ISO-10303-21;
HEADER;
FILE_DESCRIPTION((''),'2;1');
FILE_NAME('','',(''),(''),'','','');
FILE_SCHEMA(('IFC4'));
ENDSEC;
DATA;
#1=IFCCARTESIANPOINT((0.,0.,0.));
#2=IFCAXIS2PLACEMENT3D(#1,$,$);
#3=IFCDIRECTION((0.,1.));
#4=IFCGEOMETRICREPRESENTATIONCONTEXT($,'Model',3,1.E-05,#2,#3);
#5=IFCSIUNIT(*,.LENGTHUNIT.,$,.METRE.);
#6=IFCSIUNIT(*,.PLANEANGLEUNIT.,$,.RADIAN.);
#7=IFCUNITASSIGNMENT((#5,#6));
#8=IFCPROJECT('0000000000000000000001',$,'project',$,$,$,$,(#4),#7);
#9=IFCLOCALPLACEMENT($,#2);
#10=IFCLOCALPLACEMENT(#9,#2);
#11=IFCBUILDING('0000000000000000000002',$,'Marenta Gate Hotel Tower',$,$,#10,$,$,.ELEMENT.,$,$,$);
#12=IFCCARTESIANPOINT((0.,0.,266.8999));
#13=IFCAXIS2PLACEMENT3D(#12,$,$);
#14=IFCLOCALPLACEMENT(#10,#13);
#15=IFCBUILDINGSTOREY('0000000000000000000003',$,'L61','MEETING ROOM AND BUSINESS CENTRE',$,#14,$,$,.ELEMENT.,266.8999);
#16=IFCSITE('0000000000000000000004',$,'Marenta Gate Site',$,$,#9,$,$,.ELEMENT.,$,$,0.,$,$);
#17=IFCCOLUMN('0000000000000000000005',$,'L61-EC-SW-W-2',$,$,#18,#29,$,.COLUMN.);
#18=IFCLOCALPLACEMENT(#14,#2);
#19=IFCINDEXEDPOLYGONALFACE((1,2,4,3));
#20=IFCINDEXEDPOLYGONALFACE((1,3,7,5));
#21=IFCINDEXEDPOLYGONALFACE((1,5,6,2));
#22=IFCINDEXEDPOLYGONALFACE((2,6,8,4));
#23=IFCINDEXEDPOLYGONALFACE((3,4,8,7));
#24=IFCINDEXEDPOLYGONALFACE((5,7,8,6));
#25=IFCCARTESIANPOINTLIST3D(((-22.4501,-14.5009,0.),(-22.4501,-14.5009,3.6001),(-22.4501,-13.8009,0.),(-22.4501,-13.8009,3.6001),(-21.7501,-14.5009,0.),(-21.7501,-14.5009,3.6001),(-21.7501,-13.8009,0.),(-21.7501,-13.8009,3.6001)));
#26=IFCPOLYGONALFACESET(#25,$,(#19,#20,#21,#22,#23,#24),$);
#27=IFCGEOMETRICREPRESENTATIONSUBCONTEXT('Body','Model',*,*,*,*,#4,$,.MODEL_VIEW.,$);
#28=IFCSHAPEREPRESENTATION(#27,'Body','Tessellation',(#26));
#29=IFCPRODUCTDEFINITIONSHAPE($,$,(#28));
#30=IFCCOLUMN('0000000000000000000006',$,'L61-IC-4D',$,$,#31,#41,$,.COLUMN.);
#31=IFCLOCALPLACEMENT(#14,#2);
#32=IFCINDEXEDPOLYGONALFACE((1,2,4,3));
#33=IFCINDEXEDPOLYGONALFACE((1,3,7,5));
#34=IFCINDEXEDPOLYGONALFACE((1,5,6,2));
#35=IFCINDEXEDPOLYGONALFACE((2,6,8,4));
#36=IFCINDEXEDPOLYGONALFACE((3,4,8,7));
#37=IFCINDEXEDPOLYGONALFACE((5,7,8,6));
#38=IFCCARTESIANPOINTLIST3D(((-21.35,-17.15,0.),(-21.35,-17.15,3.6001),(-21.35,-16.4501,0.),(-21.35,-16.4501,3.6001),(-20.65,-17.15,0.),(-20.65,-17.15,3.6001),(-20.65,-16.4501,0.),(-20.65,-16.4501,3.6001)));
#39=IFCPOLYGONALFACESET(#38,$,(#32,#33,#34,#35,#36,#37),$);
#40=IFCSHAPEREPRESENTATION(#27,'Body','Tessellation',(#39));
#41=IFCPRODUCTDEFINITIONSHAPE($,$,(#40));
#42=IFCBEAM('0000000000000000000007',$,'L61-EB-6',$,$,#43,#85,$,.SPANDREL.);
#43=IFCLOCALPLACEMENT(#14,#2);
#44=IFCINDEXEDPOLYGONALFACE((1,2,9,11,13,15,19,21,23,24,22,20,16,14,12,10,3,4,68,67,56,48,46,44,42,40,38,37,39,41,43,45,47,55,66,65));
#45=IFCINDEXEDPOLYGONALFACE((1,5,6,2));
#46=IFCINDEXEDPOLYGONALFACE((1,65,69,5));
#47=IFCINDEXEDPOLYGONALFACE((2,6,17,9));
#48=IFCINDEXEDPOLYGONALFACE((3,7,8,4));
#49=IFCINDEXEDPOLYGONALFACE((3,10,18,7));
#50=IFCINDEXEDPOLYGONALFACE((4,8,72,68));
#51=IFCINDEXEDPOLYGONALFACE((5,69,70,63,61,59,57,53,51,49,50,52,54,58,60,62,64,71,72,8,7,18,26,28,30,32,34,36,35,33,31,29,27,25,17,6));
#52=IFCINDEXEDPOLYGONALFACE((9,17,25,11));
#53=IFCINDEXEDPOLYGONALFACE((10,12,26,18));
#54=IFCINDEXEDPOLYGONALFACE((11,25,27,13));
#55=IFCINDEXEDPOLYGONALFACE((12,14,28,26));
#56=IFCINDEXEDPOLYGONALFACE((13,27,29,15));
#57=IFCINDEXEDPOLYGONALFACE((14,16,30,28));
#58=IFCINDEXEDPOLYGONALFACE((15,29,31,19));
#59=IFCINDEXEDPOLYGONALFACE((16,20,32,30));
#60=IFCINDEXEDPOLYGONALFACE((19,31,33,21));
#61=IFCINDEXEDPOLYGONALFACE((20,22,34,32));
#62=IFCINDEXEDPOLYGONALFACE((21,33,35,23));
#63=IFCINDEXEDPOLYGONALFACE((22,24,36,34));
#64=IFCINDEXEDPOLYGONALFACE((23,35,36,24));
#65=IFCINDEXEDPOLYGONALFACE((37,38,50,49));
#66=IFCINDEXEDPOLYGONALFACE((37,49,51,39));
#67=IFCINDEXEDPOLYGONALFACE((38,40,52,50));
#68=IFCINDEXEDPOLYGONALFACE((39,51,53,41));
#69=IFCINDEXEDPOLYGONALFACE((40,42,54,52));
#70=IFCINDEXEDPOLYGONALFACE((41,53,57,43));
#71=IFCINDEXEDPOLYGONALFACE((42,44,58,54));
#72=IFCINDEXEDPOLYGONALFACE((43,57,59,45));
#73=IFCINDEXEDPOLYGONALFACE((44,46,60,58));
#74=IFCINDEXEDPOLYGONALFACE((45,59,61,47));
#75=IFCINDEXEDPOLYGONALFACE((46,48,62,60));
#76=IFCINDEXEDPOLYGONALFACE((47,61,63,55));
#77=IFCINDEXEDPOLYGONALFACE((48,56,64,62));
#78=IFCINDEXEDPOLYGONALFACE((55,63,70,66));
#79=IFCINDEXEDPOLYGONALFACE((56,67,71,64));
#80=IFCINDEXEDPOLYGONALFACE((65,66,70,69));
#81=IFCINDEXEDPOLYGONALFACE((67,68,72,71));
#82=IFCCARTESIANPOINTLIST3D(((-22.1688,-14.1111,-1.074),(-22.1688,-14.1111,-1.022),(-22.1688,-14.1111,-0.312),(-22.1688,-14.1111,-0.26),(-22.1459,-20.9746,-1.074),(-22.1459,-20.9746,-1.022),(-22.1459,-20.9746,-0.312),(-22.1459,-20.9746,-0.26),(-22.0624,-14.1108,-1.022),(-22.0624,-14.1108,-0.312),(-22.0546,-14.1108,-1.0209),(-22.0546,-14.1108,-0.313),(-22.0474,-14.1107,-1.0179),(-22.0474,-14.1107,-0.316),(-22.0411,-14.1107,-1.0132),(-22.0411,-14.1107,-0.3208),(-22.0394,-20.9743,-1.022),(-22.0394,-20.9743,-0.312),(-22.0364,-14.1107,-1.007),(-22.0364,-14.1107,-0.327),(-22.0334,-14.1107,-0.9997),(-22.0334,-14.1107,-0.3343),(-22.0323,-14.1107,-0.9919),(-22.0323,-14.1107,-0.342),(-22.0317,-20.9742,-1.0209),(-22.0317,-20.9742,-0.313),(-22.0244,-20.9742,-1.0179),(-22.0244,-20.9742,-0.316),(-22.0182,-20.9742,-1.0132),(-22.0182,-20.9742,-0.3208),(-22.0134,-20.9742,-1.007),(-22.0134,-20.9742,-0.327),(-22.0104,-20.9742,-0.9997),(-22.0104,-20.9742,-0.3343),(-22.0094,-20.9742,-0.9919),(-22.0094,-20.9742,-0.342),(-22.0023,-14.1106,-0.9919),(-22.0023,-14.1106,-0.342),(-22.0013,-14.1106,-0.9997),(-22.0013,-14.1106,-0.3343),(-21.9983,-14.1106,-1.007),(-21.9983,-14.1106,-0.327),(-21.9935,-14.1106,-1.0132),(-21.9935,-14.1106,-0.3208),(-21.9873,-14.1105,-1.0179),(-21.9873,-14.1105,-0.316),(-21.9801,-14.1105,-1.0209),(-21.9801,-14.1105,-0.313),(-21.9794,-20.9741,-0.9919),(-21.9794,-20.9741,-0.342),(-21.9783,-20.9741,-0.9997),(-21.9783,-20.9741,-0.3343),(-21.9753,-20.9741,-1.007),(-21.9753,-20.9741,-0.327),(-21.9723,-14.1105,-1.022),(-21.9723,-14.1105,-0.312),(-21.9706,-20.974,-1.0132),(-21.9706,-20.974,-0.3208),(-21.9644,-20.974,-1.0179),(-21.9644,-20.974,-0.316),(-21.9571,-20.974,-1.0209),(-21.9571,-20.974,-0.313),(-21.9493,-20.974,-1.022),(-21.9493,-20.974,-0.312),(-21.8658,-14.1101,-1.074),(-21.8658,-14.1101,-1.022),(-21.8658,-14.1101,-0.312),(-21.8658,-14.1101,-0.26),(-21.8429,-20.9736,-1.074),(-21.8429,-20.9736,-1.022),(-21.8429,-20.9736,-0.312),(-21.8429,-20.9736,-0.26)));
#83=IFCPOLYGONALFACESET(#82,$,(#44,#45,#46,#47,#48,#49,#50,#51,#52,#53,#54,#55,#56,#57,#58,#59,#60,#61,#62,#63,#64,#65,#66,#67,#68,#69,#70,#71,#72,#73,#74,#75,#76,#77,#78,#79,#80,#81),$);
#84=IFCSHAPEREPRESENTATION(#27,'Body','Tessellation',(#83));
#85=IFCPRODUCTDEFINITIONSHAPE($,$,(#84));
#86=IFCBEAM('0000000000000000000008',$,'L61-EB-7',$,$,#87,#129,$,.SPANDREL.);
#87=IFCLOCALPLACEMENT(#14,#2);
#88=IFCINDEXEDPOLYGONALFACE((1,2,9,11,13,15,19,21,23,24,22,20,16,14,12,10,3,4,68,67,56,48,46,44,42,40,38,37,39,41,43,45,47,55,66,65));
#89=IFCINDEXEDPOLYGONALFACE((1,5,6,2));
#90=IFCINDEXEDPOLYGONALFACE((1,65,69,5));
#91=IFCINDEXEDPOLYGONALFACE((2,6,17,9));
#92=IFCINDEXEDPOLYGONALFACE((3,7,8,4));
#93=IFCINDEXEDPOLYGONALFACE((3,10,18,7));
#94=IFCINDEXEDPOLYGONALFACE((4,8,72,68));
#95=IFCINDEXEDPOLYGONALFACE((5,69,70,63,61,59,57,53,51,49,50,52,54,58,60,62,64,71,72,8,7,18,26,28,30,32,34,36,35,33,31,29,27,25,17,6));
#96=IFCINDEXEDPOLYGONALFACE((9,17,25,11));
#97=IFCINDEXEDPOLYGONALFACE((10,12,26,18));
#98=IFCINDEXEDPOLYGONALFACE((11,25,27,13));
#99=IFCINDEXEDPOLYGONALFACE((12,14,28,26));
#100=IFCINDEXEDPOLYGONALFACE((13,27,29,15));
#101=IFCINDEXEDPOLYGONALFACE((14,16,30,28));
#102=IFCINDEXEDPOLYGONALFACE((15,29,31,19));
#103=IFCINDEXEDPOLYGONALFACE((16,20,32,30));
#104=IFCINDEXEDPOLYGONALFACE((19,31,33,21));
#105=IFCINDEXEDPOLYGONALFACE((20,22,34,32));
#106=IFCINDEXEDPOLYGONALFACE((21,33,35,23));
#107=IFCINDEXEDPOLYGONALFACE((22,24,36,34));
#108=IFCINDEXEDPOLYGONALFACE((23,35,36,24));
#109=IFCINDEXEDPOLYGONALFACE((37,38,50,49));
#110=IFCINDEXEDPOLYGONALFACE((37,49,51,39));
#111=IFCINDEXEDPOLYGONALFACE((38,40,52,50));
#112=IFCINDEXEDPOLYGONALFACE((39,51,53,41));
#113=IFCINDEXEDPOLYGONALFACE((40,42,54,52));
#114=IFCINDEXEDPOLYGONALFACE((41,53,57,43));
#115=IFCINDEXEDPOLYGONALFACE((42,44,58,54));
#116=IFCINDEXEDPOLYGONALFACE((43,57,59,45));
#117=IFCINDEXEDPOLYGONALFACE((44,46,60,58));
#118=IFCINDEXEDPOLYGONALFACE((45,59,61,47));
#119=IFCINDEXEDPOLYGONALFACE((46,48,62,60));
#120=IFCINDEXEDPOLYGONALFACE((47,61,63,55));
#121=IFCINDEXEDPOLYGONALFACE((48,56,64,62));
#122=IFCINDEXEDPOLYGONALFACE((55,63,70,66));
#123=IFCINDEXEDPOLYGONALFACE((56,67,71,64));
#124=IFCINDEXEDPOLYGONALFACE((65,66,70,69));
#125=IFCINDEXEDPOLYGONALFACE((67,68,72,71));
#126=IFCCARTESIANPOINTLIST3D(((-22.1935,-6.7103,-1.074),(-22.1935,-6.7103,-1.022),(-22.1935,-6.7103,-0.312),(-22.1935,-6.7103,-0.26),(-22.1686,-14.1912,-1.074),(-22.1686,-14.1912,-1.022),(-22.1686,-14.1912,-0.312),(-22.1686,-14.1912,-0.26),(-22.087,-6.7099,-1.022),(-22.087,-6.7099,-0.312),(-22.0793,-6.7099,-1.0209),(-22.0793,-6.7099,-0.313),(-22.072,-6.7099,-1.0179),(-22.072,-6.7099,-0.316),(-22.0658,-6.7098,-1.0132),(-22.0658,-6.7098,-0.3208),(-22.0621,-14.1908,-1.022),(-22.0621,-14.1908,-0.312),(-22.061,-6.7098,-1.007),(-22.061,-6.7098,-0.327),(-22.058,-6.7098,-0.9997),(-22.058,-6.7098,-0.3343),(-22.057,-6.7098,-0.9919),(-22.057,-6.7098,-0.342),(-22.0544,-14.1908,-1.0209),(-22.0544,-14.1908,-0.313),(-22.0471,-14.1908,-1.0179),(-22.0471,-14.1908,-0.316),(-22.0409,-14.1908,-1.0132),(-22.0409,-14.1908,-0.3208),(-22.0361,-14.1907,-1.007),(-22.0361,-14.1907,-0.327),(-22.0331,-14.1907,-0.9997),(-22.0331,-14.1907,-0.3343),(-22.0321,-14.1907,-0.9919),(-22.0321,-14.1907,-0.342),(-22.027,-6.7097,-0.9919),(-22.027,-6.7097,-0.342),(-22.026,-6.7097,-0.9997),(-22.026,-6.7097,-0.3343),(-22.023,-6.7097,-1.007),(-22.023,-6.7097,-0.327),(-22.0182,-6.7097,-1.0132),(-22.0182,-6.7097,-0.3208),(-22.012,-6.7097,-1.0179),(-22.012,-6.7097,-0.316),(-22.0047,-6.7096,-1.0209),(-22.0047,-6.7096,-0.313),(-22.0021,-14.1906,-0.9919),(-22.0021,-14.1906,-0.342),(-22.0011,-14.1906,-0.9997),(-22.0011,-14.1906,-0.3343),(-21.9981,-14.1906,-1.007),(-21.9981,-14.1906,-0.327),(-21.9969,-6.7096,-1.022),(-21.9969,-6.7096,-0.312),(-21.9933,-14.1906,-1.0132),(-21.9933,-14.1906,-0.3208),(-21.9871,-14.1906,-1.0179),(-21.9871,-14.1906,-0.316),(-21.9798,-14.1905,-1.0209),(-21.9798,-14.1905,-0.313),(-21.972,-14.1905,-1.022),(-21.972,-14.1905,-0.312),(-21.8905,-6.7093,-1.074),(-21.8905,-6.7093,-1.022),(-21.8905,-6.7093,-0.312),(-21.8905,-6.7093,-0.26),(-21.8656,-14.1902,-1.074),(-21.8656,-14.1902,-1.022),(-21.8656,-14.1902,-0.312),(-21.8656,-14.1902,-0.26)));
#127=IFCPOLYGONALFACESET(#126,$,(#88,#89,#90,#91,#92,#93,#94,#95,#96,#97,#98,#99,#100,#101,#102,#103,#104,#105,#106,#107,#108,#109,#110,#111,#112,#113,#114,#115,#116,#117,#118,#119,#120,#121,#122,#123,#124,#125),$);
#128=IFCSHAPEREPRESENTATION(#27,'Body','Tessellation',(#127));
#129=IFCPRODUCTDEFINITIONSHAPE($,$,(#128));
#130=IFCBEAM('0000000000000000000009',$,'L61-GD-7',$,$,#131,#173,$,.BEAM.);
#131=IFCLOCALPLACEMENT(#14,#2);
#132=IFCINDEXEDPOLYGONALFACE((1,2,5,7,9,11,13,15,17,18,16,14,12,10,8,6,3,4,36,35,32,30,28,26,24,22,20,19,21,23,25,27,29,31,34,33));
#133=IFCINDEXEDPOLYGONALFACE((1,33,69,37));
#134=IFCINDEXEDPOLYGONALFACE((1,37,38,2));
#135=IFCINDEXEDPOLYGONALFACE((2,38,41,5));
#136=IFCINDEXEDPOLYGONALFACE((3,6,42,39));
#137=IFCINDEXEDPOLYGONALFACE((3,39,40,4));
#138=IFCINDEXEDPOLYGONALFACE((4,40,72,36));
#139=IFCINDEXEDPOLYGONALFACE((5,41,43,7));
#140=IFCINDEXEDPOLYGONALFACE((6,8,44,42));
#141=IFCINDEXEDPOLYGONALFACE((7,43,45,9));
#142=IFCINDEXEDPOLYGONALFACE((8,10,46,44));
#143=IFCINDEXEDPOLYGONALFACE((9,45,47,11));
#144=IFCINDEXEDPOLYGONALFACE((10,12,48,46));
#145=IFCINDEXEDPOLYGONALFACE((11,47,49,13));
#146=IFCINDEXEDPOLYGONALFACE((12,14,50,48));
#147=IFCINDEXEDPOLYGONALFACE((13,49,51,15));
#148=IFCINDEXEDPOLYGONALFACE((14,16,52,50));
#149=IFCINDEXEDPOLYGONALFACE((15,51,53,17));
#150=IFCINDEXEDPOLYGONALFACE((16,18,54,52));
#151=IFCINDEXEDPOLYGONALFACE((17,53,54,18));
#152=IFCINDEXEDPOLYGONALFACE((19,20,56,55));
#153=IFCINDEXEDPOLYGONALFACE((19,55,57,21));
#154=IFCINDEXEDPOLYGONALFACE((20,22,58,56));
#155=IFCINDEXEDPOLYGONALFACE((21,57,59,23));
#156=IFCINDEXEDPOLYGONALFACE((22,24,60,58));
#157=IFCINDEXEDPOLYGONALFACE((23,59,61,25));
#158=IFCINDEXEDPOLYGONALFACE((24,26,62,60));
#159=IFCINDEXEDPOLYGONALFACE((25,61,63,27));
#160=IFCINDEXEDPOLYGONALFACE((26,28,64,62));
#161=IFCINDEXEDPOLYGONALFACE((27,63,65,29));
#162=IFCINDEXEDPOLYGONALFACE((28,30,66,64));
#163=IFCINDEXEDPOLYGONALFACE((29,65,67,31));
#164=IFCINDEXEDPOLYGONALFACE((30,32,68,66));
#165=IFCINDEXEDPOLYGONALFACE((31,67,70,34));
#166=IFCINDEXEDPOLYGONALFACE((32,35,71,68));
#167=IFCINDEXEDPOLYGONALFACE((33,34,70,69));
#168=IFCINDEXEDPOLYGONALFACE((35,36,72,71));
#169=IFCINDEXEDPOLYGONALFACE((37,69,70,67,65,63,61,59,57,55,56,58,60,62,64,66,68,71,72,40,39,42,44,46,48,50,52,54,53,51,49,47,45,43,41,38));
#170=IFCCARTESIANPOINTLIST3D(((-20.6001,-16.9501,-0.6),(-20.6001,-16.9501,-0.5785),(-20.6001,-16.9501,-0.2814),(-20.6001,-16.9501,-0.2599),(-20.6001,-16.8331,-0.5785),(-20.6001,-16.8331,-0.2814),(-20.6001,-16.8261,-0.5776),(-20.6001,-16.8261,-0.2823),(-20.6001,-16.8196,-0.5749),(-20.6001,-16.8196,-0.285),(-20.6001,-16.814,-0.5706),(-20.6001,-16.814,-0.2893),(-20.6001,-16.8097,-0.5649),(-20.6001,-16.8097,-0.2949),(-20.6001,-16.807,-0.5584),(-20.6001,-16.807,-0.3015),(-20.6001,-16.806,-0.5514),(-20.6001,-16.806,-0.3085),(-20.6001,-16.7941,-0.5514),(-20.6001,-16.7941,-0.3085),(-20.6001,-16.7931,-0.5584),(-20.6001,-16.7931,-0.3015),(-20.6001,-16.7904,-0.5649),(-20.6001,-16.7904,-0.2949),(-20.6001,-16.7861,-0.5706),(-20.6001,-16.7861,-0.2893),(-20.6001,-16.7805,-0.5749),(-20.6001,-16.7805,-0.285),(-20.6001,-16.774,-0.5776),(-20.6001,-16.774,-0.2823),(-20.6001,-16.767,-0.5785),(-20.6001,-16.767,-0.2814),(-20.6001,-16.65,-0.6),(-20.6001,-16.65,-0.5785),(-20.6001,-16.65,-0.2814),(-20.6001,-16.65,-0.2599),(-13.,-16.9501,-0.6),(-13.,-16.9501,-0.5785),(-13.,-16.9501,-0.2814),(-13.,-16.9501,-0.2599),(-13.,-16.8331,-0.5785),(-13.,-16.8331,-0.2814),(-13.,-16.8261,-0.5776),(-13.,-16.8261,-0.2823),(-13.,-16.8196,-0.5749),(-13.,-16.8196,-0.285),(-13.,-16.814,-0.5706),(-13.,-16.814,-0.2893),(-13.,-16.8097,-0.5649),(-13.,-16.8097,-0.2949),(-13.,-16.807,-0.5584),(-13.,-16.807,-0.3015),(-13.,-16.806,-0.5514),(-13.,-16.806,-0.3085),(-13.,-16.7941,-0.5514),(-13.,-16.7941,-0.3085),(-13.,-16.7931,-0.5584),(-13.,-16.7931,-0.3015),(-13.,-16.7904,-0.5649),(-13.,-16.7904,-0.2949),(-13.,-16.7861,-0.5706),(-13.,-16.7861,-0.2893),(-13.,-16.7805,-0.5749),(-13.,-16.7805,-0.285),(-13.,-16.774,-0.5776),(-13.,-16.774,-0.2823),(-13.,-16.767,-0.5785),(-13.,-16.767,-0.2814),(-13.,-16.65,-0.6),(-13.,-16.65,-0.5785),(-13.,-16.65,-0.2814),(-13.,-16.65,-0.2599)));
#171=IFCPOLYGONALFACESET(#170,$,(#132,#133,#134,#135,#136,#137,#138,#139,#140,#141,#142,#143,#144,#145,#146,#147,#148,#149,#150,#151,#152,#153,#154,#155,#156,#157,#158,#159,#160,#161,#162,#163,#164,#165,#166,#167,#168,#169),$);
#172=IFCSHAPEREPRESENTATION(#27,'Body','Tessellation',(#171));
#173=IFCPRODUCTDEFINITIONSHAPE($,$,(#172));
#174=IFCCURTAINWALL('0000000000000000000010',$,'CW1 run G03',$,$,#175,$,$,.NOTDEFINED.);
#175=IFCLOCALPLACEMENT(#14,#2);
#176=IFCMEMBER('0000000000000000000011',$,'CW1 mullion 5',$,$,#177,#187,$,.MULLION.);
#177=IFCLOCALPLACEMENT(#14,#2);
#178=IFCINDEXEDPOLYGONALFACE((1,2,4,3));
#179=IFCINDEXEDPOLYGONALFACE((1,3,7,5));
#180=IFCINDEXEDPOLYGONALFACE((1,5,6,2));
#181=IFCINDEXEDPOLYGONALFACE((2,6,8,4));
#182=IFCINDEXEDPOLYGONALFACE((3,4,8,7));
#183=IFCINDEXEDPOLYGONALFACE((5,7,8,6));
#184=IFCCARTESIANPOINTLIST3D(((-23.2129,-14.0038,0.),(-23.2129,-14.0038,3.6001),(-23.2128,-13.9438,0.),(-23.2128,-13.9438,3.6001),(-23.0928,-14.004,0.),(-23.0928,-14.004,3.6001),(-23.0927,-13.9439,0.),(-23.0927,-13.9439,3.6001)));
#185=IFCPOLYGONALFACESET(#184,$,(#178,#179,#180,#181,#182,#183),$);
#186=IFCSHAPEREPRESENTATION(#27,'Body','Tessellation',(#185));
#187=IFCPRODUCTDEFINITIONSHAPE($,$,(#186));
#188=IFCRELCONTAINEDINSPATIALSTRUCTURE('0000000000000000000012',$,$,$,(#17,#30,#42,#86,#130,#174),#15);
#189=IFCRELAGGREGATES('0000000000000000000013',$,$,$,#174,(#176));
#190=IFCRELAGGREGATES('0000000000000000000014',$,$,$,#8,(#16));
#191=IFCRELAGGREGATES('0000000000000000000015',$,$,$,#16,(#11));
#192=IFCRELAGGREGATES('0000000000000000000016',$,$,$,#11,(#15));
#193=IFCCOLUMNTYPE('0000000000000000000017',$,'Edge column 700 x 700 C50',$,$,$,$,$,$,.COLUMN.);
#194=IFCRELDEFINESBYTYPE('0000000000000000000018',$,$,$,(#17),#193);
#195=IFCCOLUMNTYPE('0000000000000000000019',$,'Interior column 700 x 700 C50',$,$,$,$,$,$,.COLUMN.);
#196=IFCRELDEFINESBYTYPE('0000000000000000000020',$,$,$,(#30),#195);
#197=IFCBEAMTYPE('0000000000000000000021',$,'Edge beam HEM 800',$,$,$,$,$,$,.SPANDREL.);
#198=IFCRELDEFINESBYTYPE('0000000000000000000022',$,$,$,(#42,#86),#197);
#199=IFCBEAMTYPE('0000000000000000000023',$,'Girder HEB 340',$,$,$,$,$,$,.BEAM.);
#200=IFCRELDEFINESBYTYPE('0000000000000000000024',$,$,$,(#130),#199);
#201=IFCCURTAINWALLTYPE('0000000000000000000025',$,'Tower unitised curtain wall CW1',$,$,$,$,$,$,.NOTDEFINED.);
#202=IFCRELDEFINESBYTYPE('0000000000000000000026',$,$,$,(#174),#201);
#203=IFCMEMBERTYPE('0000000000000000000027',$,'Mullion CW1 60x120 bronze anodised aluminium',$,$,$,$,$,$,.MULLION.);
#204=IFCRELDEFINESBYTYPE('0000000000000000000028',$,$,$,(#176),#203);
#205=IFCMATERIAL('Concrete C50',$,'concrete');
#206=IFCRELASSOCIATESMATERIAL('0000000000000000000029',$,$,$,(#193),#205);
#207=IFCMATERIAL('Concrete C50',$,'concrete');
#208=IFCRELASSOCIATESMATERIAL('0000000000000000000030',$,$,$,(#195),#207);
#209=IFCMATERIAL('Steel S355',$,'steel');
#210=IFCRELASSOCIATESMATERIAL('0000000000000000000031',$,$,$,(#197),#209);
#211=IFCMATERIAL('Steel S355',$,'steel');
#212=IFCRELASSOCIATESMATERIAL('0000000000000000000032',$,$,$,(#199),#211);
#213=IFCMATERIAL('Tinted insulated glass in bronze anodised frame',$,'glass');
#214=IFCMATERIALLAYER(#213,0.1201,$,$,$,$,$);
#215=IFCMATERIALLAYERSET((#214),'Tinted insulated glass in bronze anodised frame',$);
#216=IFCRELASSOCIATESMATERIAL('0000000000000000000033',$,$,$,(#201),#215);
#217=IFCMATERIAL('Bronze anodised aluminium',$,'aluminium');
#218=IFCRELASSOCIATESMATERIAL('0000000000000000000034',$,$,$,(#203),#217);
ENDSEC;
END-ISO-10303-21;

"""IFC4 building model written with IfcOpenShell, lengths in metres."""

from ifc_helpers import new_model, si_unit, direction, frame, origin, origin_2d, place, context, subcontext, project, spatial, rectangle, i_section, extrude, material, layer, layer_set, material_profile, profile_set, type_object, element, aggregate, save


model = new_model("IFC4")

# Units and contexts
model_context = context("Model", 3, precision=1e-05, world=origin(), true_north=direction((0.0, 1.0)))
body_context = subcontext(model_context, "Body", "Model", "MODEL_VIEW")
ifc_project = project(units=[si_unit("LENGTHUNIT", "METRE"), si_unit("PLANEANGLEUNIT", "RADIAN")], contexts=[model_context])

# Site, building, storey
site_placement = place(None, origin())
site = spatial("IfcSite", under=ifc_project, at=site_placement, Name="Marenta Gate Site", CompositionType="ELEMENT", RefElevation=0.0)
building_placement = place(site_placement, origin())
building = spatial("IfcBuilding", under=site, at=building_placement, Name="Marenta Gate Hotel Tower", CompositionType="ELEMENT")
storey_placement = place(building_placement, frame((0.0, 0.0, 266.8999)))
storey = spatial("IfcBuildingStorey", under=building, at=storey_placement, Name="L61", Description="MEETING ROOM AND BUSINESS CENTRE", CompositionType="ELEMENT", Elevation=266.8999)

# Columns
ifc_material_1 = material(Name="Concrete C50", Category="concrete")
ifc_material_profile_1 = material_profile(ifc_material_1, rectangle(XDim=0.7, YDim=0.7, at=origin_2d()), Name="700 x 700")
ifc_profile_set_1 = profile_set([ifc_material_profile_1], Name="Concrete C50")
column_type_1 = type_object("IfcColumnType", Name="Edge column 700 x 700 C50", PredefinedType="COLUMN", material=ifc_profile_set_1)
column_1_placement = place(storey_placement, frame((-22.1001, -14.1509, 0.0), z_axis=(0.0, 0.0, 1.0), x_axis=(1.0, 0.0, 0.0)))
element("IfcColumn", 1, at=column_1_placement, inside=storey, type_object=column_type_1, Name="L61-EC-SW-W-2", PredefinedType="COLUMN", context=body_context, shape_type="SweptSolid", body=[
    extrude(rectangle(XDim=0.7, YDim=0.7, at=origin_2d()), origin(), (0.0, 0.0, 1.0), 3.6001),
])
ifc_material_2 = material(Name="Concrete C50", Category="concrete")
ifc_material_profile_2 = material_profile(ifc_material_2, rectangle(XDim=0.7, YDim=0.7, at=origin_2d()), Name="700 x 700")
ifc_profile_set_2 = profile_set([ifc_material_profile_2], Name="Concrete C50")
column_type_2 = type_object("IfcColumnType", Name="Interior column 700 x 700 C50", PredefinedType="COLUMN", material=ifc_profile_set_2)
column_2_placement = place(storey_placement, frame((-21.0, -16.8, 0.0), z_axis=(0.0, 0.0, 1.0), x_axis=(1.0, 0.0, 0.0)))
element("IfcColumn", 2, at=column_2_placement, inside=storey, type_object=column_type_2, Name="L61-IC-4D", PredefinedType="COLUMN", context=body_context, shape_type="SweptSolid", body=[
    extrude(rectangle(XDim=0.7, YDim=0.7, at=origin_2d()), origin(), (0.0, 0.0, 1.0), 3.6001),
])

# Beams
ifc_material_3 = material(Name="Steel S355", Category="steel")
ifc_material_profile_3 = material_profile(ifc_material_3, i_section(OverallWidth=0.303, OverallDepth=0.814, WebThickness=0.03, FlangeThickness=0.052, FilletRadius=0.03, at=origin_2d()), Name="HEM 800")
ifc_profile_set_3 = profile_set([ifc_material_profile_3], Name="Steel S355")
beam_type_1 = type_object("IfcBeamType", Name="Edge beam HEM 800", PredefinedType="SPANDREL", material=ifc_profile_set_3)
beam_1_placement = place(storey_placement, frame((-21.9944, -20.9741, -0.667), z_axis=(-0.003344, 0.999994, 0.0), x_axis=(-0.999994, -0.003344, 0.0)))
element("IfcBeam", 3, at=beam_1_placement, inside=storey, type_object=beam_type_1, Name="L61-EB-6", PredefinedType="SPANDREL", context=body_context, shape_type="SweptSolid", body=[
    extrude(i_section(OverallWidth=0.303, OverallDepth=0.814, WebThickness=0.03, FlangeThickness=0.052, FilletRadius=0.03, at=origin_2d()), origin(), (0.0, 0.0, 1.0), 6.8635),
])
beam_2_placement = place(storey_placement, frame((-22.0171, -14.1907, -0.667), z_axis=(-0.003329, 0.999994, 0.0), x_axis=(-0.999994, -0.003329, 0.0)))
element("IfcBeam", 4, at=beam_2_placement, inside=storey, type_object=beam_type_1, Name="L61-EB-7", PredefinedType="SPANDREL", context=body_context, shape_type="SweptSolid", body=[
    extrude(i_section(OverallWidth=0.303, OverallDepth=0.814, WebThickness=0.03, FlangeThickness=0.052, FilletRadius=0.03, at=origin_2d()), origin(), (0.0, 0.0, 1.0), 7.481),
])
ifc_material_4 = material(Name="Steel S355", Category="steel")
ifc_material_profile_4 = material_profile(ifc_material_4, i_section(OverallWidth=0.3, OverallDepth=0.3401, WebThickness=0.012, FlangeThickness=0.0215, FilletRadius=0.0271, at=origin_2d()), Name="HEB 340")
ifc_profile_set_4 = profile_set([ifc_material_profile_4], Name="Steel S355")
beam_type_2 = type_object("IfcBeamType", Name="Girder HEB 340", PredefinedType="BEAM", material=ifc_profile_set_4)
beam_3_placement = place(storey_placement, frame((-20.6001, -16.8, -0.4299), z_axis=(1.0, 0.0, 0.0), x_axis=(0.0, 1.0, 0.0)))
element("IfcBeam", 5, at=beam_3_placement, inside=storey, type_object=beam_type_2, Name="L61-GD-7", PredefinedType="BEAM", context=body_context, shape_type="SweptSolid", body=[
    extrude(i_section(OverallWidth=0.3, OverallDepth=0.3401, WebThickness=0.012, FlangeThickness=0.0215, FilletRadius=0.0271, at=origin_2d()), origin(), (0.0, 0.0, 1.0), 7.6001),
])

# Curtain wall, member
ifc_material_5 = material(Name="Tinted insulated glass in bronze anodised frame", Category="glass")
ifc_layer_1 = layer(ifc_material_5, 0.1201)
ifc_layer_set_1 = layer_set([ifc_layer_1], Name="Tinted insulated glass in bronze anodised frame")
curtain_wall_type = type_object("IfcCurtainWallType", Name="Tower unitised curtain wall CW1", PredefinedType="NOTDEFINED", material=ifc_layer_set_1)
curtain_wall_placement = place(storey_placement, origin())
curtain_wall = element("IfcCurtainWall", 6, at=curtain_wall_placement, inside=storey, type_object=curtain_wall_type, Name="CW1 run G03", PredefinedType="NOTDEFINED")
ifc_material_6 = material(Name="Bronze anodised aluminium", Category="aluminium")
ifc_material_profile_5 = material_profile(ifc_material_6, rectangle(XDim=0.1201, YDim=0.0601, at=origin_2d()), Name="Mullion CW1 60x120 bronze anodised aluminium")
ifc_profile_set_5 = profile_set([ifc_material_profile_5], Name="Bronze anodised aluminium")
member_type_1 = type_object("IfcMemberType", Name="Mullion CW1 60x120 bronze anodised aluminium", PredefinedType="MULLION", material=ifc_profile_set_5)
member_1_placement = place(storey_placement, frame((-23.1528, -13.9739, 0.0), z_axis=(0.0, 0.0, 1.0), x_axis=(0.999999, -0.001566, 0.0)))
member_1 = element("IfcMember", 7, at=member_1_placement, type_object=member_type_1, Name="CW1 mullion 5", PredefinedType="MULLION", context=body_context, shape_type="SweptSolid", body=[
    extrude(rectangle(XDim=0.1201, YDim=0.0601, at=origin_2d()), origin(), (0.0, 0.0, 1.0), 3.6001),
])

aggregate(curtain_wall, [member_1])

save(model, "model.ifc")
